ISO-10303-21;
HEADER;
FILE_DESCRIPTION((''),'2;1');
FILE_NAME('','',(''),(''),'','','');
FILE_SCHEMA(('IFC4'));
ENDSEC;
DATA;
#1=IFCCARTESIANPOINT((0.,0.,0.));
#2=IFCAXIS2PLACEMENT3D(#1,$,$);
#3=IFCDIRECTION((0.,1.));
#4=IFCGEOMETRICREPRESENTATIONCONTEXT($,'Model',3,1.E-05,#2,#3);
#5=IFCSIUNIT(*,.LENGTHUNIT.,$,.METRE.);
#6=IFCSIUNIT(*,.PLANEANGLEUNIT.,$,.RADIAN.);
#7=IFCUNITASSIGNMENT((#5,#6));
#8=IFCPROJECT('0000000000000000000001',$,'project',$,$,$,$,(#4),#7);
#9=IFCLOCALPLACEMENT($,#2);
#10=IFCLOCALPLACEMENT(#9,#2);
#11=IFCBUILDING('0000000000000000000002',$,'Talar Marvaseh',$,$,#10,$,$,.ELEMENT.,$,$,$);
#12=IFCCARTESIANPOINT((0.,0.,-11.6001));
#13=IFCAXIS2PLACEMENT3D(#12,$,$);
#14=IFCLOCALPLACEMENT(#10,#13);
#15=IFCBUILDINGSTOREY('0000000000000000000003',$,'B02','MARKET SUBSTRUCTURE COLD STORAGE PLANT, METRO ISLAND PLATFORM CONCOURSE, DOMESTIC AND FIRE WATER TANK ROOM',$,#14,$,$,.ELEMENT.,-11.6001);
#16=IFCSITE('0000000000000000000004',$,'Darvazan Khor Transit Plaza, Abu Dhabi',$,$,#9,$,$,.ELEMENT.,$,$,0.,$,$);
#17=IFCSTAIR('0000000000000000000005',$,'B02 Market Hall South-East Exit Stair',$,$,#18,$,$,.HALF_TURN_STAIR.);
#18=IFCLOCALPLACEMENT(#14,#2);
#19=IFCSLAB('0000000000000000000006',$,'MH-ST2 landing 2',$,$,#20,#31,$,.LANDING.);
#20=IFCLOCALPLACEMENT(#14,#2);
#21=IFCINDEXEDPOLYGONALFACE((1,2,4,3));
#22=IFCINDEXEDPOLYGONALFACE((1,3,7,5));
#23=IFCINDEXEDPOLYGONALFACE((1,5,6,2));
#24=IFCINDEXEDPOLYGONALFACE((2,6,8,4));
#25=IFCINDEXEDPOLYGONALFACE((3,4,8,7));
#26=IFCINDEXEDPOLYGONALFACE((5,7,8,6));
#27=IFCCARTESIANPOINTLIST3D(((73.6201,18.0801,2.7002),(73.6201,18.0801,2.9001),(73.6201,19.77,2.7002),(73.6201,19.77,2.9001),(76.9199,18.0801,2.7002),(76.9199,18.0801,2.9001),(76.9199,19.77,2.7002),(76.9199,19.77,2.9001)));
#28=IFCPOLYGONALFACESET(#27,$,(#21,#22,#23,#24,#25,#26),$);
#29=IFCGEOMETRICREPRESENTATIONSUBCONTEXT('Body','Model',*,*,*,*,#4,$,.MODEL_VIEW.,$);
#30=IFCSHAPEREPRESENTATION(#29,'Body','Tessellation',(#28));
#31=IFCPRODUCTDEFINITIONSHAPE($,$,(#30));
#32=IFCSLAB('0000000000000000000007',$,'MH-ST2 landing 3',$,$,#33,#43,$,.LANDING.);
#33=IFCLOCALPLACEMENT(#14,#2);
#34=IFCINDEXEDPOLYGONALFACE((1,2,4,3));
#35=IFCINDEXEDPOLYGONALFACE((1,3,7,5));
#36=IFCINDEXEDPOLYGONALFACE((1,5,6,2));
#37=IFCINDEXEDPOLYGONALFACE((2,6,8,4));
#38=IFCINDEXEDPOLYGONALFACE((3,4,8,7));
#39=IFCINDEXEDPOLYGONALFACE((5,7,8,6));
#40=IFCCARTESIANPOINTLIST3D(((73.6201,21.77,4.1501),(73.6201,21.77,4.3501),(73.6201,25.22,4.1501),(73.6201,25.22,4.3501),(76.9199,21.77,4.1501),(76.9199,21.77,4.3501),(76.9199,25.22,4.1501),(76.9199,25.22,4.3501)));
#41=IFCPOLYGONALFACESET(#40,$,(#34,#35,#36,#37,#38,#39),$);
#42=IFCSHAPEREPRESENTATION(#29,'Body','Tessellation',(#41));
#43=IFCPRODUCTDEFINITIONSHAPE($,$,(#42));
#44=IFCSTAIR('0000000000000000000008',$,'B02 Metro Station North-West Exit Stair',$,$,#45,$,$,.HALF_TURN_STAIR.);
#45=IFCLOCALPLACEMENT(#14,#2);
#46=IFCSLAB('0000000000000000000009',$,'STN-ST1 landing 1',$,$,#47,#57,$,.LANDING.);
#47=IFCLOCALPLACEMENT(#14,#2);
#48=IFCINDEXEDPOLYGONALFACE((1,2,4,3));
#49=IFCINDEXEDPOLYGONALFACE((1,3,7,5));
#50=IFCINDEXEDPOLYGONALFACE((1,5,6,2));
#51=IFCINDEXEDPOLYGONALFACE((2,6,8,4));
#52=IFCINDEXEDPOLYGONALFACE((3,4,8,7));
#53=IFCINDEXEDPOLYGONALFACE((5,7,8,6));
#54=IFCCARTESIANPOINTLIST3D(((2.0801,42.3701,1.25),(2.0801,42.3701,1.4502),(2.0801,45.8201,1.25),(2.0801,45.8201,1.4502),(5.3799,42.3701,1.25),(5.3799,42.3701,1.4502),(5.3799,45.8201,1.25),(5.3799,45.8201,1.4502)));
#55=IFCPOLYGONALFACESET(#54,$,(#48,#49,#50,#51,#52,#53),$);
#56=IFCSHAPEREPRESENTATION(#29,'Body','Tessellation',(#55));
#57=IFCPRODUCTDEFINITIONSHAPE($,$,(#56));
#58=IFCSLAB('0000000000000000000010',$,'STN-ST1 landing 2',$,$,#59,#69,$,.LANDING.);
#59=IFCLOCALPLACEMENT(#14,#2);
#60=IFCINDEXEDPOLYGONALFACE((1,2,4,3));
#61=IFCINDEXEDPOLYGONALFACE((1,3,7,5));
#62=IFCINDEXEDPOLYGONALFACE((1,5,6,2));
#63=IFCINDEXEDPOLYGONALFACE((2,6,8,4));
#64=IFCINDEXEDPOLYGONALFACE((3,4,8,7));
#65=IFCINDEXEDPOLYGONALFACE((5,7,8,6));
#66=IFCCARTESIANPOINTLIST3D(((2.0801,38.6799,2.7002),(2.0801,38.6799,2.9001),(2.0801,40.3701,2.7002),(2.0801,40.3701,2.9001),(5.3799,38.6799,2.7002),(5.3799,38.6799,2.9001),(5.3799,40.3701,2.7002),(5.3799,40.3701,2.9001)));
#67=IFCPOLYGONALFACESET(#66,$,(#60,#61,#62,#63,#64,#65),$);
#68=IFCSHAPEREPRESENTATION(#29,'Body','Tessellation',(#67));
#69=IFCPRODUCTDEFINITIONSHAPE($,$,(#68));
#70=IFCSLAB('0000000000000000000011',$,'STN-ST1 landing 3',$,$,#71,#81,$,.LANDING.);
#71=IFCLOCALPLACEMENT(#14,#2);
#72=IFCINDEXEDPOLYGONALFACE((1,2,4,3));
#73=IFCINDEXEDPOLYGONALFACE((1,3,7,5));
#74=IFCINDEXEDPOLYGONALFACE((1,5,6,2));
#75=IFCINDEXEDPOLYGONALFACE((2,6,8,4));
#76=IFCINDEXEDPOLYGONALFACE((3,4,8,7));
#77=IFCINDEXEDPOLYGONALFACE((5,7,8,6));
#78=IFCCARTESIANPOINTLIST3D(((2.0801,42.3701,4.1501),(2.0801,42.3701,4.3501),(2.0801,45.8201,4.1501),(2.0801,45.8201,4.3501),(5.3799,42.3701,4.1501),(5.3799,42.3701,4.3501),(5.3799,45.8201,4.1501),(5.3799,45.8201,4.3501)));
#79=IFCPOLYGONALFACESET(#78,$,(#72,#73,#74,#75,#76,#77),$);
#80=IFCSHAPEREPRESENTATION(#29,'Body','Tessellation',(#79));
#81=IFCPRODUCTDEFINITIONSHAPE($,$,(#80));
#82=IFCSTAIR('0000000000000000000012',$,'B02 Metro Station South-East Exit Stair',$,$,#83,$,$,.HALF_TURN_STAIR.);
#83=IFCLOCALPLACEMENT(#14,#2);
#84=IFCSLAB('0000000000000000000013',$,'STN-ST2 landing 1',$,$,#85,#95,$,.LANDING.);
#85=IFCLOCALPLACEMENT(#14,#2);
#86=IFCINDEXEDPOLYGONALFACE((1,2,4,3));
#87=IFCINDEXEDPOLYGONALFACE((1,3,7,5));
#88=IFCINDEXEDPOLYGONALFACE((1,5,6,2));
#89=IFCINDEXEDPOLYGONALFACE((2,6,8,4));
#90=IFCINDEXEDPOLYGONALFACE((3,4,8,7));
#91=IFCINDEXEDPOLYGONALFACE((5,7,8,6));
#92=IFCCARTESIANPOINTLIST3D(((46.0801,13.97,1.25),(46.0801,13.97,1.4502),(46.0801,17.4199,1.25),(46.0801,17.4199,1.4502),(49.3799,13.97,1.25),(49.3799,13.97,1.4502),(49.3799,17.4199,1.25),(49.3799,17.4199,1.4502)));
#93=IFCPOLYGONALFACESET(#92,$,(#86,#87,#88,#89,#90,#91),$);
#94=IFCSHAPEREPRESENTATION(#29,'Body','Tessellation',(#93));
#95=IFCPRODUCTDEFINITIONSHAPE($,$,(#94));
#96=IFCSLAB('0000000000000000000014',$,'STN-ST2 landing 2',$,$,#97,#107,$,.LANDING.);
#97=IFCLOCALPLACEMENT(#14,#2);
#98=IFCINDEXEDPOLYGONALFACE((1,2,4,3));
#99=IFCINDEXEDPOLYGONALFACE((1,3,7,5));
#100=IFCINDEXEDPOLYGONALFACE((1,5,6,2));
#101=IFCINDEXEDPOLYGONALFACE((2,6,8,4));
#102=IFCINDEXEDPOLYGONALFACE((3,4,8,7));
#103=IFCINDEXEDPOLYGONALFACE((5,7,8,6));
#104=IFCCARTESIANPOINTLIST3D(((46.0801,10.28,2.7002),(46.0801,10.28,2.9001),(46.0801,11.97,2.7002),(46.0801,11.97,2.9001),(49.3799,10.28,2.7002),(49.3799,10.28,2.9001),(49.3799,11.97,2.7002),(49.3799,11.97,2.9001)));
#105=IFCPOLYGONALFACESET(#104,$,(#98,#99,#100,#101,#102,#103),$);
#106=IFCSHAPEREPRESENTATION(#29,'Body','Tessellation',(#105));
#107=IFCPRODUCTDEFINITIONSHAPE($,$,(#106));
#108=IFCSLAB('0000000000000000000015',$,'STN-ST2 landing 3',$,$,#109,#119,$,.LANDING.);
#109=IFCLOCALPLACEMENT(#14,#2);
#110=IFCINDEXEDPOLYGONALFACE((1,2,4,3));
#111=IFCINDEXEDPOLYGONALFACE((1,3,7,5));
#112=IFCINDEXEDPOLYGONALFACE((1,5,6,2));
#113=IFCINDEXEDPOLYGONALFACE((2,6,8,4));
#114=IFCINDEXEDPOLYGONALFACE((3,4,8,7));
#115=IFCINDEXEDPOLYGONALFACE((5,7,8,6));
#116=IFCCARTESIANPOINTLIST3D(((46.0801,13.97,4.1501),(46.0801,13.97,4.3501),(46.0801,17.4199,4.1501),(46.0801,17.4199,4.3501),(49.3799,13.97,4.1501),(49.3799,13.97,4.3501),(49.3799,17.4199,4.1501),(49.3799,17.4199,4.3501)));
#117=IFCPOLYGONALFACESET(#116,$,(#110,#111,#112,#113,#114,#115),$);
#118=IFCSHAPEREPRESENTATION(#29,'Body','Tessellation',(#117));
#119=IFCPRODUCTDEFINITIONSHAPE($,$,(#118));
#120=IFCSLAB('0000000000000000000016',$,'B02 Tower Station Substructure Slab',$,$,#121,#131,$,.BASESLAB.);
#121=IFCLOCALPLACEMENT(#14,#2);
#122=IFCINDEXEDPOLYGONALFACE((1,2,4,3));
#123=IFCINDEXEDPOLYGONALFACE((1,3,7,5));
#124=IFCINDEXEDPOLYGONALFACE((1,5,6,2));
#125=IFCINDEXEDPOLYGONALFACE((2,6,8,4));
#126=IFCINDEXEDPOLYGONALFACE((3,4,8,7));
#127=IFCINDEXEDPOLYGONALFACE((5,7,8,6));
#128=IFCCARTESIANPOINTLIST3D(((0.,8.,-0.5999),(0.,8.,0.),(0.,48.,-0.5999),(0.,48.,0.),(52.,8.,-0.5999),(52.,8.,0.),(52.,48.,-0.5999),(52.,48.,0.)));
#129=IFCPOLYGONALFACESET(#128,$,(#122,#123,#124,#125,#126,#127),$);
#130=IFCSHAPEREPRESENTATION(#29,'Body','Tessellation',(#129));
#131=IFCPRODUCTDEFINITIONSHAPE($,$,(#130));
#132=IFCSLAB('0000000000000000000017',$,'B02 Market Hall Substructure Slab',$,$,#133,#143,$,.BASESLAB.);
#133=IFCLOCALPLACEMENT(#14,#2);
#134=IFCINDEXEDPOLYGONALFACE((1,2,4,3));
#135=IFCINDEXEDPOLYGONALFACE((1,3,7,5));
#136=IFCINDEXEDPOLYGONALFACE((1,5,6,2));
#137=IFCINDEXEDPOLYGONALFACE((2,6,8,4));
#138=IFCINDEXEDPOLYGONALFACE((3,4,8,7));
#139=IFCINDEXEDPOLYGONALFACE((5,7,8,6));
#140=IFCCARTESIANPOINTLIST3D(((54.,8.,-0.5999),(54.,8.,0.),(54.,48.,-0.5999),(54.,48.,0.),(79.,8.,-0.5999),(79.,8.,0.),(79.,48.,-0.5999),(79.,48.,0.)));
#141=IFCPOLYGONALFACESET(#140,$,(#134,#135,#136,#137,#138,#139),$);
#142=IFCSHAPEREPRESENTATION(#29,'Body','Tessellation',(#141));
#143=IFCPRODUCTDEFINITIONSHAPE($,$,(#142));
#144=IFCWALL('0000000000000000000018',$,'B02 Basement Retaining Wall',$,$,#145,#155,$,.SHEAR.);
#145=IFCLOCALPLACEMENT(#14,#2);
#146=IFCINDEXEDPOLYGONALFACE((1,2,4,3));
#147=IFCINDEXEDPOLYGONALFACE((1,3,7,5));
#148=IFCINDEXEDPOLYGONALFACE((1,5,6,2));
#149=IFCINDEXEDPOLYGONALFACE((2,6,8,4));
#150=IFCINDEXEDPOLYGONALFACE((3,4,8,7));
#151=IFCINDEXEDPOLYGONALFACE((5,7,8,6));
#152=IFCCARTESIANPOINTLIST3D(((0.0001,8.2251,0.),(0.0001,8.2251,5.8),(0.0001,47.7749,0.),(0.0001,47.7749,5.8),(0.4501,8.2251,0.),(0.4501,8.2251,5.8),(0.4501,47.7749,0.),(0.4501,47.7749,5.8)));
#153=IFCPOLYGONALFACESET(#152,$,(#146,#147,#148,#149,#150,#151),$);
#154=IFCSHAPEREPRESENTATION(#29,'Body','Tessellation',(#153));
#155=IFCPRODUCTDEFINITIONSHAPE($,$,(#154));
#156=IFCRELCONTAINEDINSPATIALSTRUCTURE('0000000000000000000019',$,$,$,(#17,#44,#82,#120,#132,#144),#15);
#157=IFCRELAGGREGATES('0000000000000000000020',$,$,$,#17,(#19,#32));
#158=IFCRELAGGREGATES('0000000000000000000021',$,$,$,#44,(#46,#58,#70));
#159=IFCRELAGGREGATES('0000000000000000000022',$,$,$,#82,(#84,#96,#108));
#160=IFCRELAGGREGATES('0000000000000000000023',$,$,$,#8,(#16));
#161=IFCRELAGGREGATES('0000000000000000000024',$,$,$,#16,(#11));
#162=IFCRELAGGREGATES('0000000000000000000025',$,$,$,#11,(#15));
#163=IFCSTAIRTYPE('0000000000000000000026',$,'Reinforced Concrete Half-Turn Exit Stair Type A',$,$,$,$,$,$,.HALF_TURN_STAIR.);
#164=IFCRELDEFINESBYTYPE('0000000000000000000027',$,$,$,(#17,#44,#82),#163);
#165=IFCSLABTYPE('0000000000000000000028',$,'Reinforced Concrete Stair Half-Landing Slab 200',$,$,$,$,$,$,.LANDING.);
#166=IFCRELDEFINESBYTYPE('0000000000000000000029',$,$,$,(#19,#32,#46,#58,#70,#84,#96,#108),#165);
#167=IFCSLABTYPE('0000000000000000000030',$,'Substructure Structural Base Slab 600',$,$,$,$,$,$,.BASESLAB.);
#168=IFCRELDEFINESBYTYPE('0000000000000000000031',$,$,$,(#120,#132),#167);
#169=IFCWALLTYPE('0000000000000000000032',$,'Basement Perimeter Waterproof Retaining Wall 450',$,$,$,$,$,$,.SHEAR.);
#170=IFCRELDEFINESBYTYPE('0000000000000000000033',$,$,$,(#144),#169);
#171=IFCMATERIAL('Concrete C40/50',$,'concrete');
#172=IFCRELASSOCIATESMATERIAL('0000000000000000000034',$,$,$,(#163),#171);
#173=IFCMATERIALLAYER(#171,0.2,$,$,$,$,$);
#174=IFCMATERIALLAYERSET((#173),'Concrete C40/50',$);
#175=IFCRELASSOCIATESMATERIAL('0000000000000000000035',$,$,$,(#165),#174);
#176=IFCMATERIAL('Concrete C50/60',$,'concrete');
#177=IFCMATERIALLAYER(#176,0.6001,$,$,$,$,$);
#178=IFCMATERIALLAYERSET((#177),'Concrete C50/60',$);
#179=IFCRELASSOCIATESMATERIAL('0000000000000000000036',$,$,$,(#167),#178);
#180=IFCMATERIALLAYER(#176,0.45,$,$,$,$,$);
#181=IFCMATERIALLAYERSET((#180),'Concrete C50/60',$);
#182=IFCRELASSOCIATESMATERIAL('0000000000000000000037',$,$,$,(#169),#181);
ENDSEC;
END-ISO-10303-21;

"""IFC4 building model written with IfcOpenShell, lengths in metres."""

from ifc_helpers import new_model, si_unit, direction, frame, frame_2d, origin, place, context, subcontext, project, spatial, polyline, rectangle, outline, extrude, material, layer, layer_set, type_object, element, aggregate, save


model = new_model("IFC4")

# Units and contexts
model_context = context("Model", 3, precision=1e-05, world=origin(), true_north=direction((0.0, 1.0)))
body_context = subcontext(model_context, "Body", "Model", "MODEL_VIEW")
ifc_project = project(units=[si_unit("LENGTHUNIT", "METRE"), si_unit("PLANEANGLEUNIT", "RADIAN")], contexts=[model_context])

# Site, building, storey
site_placement = place(None, origin())
site = spatial("IfcSite", under=ifc_project, at=site_placement, Name="Darvazan Khor Transit Plaza, Abu Dhabi", CompositionType="ELEMENT", RefElevation=0.0)
building_placement = place(site_placement, origin())
building = spatial("IfcBuilding", under=site, at=building_placement, Name="Talar Marvaseh", CompositionType="ELEMENT")
storey_placement = place(building_placement, frame((0.0, 0.0, -11.6001)))
storey = spatial("IfcBuildingStorey", under=building, at=storey_placement, Name="B02", Description="MARKET SUBSTRUCTURE COLD STORAGE PLANT, METRO ISLAND PLATFORM CONCOURSE, DOMESTIC AND FIRE WATER TANK ROOM", CompositionType="ELEMENT", Elevation=-11.6001)

# Shared definitions
ifc_material_1 = material(Name="Concrete C50/60", Category="concrete")

# Shared definitions
ifc_material_2 = material(Name="Concrete C40/50", Category="concrete")

# Stairs, slabs
stair_type = type_object("IfcStairType", Name="Reinforced Concrete Half-Turn Exit Stair Type A", PredefinedType="HALF_TURN_STAIR", material=ifc_material_2)
ifc_layer_1 = layer(ifc_material_2, 0.2)
ifc_layer_set_1 = layer_set([ifc_layer_1], Name="Concrete C40/50")
slab_type_1 = type_object("IfcSlabType", Name="Reinforced Concrete Stair Half-Landing Slab 200", PredefinedType="LANDING", material=ifc_layer_set_1)
stair_1_placement = place(storey_placement, origin())
stair_1 = element("IfcStair", 1, at=stair_1_placement, inside=storey, type_object=stair_type, Name="B02 Market Hall South-East Exit Stair", PredefinedType="HALF_TURN_STAIR")
slab_1_placement = place(storey_placement, frame((0.0, 0.0, 2.7002)))
slab_1 = element("IfcSlab", 2, at=slab_1_placement, type_object=slab_type_1, Name="MH-ST2 landing 2", PredefinedType="LANDING", context=body_context, shape_type="SweptSolid", body=[
    extrude(outline(polyline([(76.9199, 18.0801), (76.9199, 19.77), (73.6201, 19.77), (73.6201, 18.0801), (76.9199, 18.0801)])), origin(), (0.0, 0.0, 1.0), 0.2),
])
slab_2_placement = place(storey_placement, frame((0.0, 0.0, 4.1501)))
slab_2 = element("IfcSlab", 3, at=slab_2_placement, type_object=slab_type_1, Name="MH-ST2 landing 3", PredefinedType="LANDING", context=body_context, shape_type="SweptSolid", body=[
    extrude(outline(polyline([(76.9199, 21.77), (76.9199, 25.22), (73.6201, 25.22), (73.6201, 21.77), (76.9199, 21.77)])), origin(), (0.0, 0.0, 1.0), 0.2),
])
aggregate(stair_1, [slab_1, slab_2])
stair_2_placement = place(storey_placement, origin())
stair_2 = element("IfcStair", 4, at=stair_2_placement, inside=storey, type_object=stair_type, Name="B02 Metro Station North-West Exit Stair", PredefinedType="HALF_TURN_STAIR")
slab_3_placement = place(storey_placement, frame((0.0, 0.0, 1.25)))
slab_3 = element("IfcSlab", 5, at=slab_3_placement, type_object=slab_type_1, Name="STN-ST1 landing 1", PredefinedType="LANDING", context=body_context, shape_type="SweptSolid", body=[
    extrude(outline(polyline([(5.3799, 42.3701), (5.3799, 45.8201), (2.0801, 45.8201), (2.0801, 42.3701), (5.3799, 42.3701)])), origin(), (0.0, 0.0, 1.0), 0.2002),
])
slab_4_placement = place(storey_placement, frame((0.0, 0.0, 2.7002)))
slab_4 = element("IfcSlab", 6, at=slab_4_placement, type_object=slab_type_1, Name="STN-ST1 landing 2", PredefinedType="LANDING", context=body_context, shape_type="SweptSolid", body=[
    extrude(outline(polyline([(5.3799, 38.6799), (5.3799, 40.3701), (2.0801, 40.3701), (2.0801, 38.6799), (5.3799, 38.6799)])), origin(), (0.0, 0.0, 1.0), 0.2),
])
slab_5_placement = place(storey_placement, frame((0.0, 0.0, 4.1501)))
slab_5 = element("IfcSlab", 7, at=slab_5_placement, type_object=slab_type_1, Name="STN-ST1 landing 3", PredefinedType="LANDING", context=body_context, shape_type="SweptSolid", body=[
    extrude(outline(polyline([(5.3799, 42.3701), (5.3799, 45.8201), (2.0801, 45.8201), (2.0801, 42.3701), (5.3799, 42.3701)])), origin(), (0.0, 0.0, 1.0), 0.2),
])
aggregate(stair_2, [slab_3, slab_4, slab_5])
stair_3_placement = place(storey_placement, origin())
stair_3 = element("IfcStair", 8, at=stair_3_placement, inside=storey, type_object=stair_type, Name="B02 Metro Station South-East Exit Stair", PredefinedType="HALF_TURN_STAIR")
slab_6_placement = place(storey_placement, frame((0.0, 0.0, 1.25)))
slab_6 = element("IfcSlab", 9, at=slab_6_placement, type_object=slab_type_1, Name="STN-ST2 landing 1", PredefinedType="LANDING", context=body_context, shape_type="SweptSolid", body=[
    extrude(outline(polyline([(49.3799, 13.97), (49.3799, 17.4199), (46.0801, 17.4199), (46.0801, 13.97), (49.3799, 13.97)])), origin(), (0.0, 0.0, 1.0), 0.2002),
])
slab_7_placement = place(storey_placement, frame((0.0, 0.0, 2.7002)))
slab_7 = element("IfcSlab", 10, at=slab_7_placement, type_object=slab_type_1, Name="STN-ST2 landing 2", PredefinedType="LANDING", context=body_context, shape_type="SweptSolid", body=[
    extrude(outline(polyline([(49.3799, 10.28), (49.3799, 11.97), (46.0801, 11.97), (46.0801, 10.28), (49.3799, 10.28)])), origin(), (0.0, 0.0, 1.0), 0.2),
])
slab_8_placement = place(storey_placement, frame((0.0, 0.0, 4.1501)))
slab_8 = element("IfcSlab", 11, at=slab_8_placement, type_object=slab_type_1, Name="STN-ST2 landing 3", PredefinedType="LANDING", context=body_context, shape_type="SweptSolid", body=[
    extrude(outline(polyline([(49.3799, 13.97), (49.3799, 17.4199), (46.0801, 17.4199), (46.0801, 13.97), (49.3799, 13.97)])), origin(), (0.0, 0.0, 1.0), 0.2),
])
aggregate(stair_3, [slab_6, slab_7, slab_8])

# Slabs
ifc_layer_2 = layer(ifc_material_1, 0.6001)
ifc_layer_set_2 = layer_set([ifc_layer_2], Name="Concrete C50/60")
slab_type_2 = type_object("IfcSlabType", Name="Substructure Structural Base Slab 600", PredefinedType="BASESLAB", material=ifc_layer_set_2)
slab_9_placement = place(storey_placement, frame((0.0, 0.0, -0.5999)))
element("IfcSlab", 12, at=slab_9_placement, inside=storey, type_object=slab_type_2, Name="B02 Tower Station Substructure Slab", PredefinedType="BASESLAB", context=body_context, shape_type="SweptSolid", body=[
    extrude(outline(polyline([(0.0, 8.0), (52.0, 8.0), (52.0, 48.0), (0.0, 48.0), (0.0, 8.0)])), origin(), (0.0, 0.0, 1.0), 0.5999),
])
slab_10_placement = place(storey_placement, frame((0.0, 0.0, -0.5999)))
element("IfcSlab", 13, at=slab_10_placement, inside=storey, type_object=slab_type_2, Name="B02 Market Hall Substructure Slab", PredefinedType="BASESLAB", context=body_context, shape_type="SweptSolid", body=[
    extrude(outline(polyline([(54.0, 8.0), (79.0, 8.0), (79.0, 48.0), (54.0, 48.0), (54.0, 8.0)])), origin(), (0.0, 0.0, 1.0), 0.5999),
])

# Wall
ifc_layer_3 = layer(ifc_material_1, 0.45)
ifc_layer_set_3 = layer_set([ifc_layer_3], Name="Concrete C50/60")
wall_type = type_object("IfcWallType", Name="Basement Perimeter Waterproof Retaining Wall 450", PredefinedType="SHEAR", material=ifc_layer_set_3)
wall_placement = place(storey_placement, frame((0.2251, 8.2251, 0.0), z_axis=(0.0, 0.0, 1.0), x_axis=(0.0, 1.0, 0.0)))
element("IfcWall", 14, at=wall_placement, inside=storey, type_object=wall_type, Name="B02 Basement Retaining Wall", PredefinedType="SHEAR", context=body_context, shape_type="SweptSolid", body=[
    extrude(rectangle(XDim=39.5498, YDim=0.45, at=frame_2d((19.7749, 0.0))), origin(), (0.0, 0.0, 1.0), 5.8),
])

save(model, "model.ifc")
